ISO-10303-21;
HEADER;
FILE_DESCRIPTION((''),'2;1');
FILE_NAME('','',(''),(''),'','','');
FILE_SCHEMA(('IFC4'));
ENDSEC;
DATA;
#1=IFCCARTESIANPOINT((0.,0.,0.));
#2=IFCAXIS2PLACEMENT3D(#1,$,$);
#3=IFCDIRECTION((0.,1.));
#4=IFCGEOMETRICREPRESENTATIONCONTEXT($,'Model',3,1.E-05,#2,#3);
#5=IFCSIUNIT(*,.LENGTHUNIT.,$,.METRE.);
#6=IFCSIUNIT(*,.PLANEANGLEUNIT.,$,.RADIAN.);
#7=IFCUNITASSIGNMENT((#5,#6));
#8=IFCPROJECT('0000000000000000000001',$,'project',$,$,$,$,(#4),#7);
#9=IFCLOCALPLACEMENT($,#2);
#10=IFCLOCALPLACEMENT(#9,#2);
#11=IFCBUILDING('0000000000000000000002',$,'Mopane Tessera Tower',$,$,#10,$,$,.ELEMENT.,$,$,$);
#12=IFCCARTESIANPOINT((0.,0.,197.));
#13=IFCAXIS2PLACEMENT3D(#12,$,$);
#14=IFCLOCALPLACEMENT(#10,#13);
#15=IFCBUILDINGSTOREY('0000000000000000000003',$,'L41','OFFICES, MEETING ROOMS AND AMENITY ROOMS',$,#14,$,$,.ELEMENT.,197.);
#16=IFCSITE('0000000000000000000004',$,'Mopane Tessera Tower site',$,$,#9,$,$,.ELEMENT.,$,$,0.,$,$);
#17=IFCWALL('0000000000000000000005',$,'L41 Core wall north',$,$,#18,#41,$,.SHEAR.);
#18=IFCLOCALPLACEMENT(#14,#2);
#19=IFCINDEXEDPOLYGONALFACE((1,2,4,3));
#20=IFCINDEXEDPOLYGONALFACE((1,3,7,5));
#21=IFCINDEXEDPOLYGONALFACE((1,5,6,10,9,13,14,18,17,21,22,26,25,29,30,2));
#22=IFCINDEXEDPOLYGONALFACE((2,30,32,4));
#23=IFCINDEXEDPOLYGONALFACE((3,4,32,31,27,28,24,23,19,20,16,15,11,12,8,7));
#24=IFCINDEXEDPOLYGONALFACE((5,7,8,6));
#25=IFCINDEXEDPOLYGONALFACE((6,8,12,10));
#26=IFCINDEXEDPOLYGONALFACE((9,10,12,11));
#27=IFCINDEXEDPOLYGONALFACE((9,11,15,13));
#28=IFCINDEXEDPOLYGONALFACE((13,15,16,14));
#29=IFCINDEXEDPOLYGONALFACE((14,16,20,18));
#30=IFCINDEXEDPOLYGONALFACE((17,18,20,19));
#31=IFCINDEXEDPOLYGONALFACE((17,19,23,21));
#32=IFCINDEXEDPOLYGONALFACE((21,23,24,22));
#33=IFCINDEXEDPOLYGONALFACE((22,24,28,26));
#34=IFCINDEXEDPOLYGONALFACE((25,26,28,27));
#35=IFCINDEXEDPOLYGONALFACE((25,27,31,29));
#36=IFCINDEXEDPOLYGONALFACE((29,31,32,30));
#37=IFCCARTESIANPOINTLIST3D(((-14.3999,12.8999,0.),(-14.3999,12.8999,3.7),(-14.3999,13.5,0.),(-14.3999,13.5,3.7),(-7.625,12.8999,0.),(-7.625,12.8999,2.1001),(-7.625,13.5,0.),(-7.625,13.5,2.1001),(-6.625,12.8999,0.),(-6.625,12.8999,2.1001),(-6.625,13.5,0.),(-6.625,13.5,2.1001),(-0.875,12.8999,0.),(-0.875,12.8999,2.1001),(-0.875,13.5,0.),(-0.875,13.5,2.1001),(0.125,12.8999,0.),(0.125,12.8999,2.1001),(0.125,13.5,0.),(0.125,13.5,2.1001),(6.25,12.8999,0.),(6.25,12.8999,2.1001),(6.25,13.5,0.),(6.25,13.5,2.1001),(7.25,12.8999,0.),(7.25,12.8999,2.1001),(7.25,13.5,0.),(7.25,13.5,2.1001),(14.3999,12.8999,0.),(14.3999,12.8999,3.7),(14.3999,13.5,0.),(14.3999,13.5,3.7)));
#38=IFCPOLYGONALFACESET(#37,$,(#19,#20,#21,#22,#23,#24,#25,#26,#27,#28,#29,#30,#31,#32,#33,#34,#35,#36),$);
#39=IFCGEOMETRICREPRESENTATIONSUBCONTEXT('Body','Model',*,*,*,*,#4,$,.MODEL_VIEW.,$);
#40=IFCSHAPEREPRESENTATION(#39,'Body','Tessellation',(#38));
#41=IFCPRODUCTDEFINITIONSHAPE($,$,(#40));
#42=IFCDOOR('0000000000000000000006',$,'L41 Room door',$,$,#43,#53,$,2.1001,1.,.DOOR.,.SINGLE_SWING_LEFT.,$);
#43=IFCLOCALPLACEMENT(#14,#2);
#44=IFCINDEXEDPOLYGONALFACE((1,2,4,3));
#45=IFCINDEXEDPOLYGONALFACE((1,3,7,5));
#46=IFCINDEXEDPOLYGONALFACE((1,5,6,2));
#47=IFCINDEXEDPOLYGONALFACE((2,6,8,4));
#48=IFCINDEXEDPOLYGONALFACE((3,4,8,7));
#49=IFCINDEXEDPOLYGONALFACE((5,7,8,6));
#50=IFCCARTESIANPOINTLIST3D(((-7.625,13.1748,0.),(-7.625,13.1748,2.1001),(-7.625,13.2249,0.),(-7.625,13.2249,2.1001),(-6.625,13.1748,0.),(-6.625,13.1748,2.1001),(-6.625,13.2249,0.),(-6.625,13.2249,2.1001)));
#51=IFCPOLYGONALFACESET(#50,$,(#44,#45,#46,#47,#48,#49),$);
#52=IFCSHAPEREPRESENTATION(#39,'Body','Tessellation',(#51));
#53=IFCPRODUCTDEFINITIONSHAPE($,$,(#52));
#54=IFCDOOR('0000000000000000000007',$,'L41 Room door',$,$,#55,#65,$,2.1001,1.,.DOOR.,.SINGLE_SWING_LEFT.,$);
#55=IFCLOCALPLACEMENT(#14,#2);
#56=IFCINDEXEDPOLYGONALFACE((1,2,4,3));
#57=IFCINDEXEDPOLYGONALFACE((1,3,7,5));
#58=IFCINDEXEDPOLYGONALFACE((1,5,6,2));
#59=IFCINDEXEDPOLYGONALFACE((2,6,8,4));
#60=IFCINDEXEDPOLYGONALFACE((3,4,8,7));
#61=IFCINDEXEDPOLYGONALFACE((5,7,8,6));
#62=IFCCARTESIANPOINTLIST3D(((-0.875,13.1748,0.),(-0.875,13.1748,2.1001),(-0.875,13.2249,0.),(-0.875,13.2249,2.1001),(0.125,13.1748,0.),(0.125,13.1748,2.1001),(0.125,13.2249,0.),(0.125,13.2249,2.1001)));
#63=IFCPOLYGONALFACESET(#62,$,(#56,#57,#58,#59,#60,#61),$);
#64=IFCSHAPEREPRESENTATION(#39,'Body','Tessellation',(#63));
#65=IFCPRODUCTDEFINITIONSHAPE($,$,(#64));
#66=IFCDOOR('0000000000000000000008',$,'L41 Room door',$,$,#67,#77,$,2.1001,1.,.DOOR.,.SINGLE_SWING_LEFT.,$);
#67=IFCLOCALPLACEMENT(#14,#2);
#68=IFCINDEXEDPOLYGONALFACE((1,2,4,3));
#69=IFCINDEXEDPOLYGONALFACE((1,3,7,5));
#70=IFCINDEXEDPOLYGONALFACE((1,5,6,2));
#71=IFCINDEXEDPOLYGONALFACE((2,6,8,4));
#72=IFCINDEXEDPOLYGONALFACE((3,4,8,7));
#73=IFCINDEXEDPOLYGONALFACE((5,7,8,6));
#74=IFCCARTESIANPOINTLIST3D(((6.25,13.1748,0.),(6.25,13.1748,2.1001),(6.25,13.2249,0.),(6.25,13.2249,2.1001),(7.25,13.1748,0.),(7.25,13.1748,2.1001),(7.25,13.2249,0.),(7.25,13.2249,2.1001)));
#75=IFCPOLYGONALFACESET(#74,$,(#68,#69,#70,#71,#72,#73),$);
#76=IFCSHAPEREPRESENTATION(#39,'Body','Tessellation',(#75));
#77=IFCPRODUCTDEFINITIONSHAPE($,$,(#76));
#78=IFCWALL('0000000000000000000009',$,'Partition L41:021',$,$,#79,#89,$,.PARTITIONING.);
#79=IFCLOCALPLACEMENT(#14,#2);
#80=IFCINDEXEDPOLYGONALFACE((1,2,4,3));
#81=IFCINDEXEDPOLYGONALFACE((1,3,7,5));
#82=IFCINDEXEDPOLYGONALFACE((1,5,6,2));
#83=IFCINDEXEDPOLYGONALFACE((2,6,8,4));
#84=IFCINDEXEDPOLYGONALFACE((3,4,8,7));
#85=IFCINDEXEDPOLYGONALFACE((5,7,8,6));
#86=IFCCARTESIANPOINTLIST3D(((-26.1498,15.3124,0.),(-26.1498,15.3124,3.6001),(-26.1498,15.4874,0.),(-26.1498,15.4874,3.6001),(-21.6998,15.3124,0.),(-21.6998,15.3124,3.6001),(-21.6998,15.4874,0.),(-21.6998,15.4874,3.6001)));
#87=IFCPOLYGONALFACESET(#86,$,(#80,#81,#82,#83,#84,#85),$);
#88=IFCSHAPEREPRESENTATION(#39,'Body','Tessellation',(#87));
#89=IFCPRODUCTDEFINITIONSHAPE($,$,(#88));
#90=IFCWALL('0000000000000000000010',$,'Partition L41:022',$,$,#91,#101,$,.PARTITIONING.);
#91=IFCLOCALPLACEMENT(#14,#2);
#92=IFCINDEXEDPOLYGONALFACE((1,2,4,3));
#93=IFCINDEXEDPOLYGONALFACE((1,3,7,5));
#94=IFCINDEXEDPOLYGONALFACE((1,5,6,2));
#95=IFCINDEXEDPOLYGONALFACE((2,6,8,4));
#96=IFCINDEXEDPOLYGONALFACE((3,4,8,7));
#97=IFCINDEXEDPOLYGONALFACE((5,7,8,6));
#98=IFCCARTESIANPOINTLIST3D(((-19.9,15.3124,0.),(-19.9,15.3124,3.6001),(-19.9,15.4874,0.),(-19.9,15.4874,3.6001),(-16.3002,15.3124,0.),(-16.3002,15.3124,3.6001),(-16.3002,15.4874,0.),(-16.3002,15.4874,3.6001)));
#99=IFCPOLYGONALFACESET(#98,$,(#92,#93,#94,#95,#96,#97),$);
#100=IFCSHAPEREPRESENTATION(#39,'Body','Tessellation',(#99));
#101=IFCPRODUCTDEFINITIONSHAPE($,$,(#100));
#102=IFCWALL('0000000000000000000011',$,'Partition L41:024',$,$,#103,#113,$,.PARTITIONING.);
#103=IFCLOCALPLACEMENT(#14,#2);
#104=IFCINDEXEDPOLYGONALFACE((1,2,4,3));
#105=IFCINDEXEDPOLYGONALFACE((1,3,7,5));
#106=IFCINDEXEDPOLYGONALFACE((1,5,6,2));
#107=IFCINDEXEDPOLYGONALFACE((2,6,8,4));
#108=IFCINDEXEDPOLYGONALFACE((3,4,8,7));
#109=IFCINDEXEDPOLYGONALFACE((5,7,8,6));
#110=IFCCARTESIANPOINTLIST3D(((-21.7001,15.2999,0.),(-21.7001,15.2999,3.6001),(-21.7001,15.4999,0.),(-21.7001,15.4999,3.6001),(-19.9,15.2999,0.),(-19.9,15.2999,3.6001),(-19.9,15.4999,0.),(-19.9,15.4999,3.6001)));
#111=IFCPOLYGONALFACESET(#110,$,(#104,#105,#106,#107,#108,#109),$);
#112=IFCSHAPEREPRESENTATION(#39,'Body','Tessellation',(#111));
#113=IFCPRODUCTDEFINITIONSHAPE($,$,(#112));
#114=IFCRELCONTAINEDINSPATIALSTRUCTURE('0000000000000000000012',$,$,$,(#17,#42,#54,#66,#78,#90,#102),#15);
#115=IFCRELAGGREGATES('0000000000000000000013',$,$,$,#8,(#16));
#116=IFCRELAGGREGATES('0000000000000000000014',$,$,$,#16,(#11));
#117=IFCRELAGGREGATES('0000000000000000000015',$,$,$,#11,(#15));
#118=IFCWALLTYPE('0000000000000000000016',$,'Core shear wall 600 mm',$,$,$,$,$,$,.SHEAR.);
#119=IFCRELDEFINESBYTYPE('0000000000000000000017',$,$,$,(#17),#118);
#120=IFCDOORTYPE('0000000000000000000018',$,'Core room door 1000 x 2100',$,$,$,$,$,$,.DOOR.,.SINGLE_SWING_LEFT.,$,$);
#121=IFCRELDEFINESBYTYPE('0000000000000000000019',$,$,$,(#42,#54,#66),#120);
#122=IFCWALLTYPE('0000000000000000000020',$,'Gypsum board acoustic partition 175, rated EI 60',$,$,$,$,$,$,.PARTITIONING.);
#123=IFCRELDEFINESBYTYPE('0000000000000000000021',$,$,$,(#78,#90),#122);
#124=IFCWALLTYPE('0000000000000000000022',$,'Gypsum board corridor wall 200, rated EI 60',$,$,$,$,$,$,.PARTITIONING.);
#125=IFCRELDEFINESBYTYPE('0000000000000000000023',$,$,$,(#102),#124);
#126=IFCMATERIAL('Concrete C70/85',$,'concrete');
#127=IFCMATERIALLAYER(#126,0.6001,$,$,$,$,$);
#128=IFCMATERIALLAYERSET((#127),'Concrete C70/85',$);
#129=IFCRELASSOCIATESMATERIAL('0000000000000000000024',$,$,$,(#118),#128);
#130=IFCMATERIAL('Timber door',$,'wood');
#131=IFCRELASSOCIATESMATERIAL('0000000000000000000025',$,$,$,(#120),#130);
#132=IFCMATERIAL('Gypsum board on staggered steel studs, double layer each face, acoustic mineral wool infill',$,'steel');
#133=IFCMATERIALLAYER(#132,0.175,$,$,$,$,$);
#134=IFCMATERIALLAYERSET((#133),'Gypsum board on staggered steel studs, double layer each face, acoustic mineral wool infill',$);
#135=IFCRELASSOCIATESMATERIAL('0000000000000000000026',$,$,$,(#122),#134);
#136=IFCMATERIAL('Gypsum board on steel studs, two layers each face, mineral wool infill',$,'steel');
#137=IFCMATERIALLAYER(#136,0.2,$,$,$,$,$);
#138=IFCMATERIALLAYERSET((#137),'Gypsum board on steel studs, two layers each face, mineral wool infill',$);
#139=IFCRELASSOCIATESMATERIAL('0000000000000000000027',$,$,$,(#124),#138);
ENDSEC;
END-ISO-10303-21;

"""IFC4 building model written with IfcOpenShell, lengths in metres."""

from ifc_helpers import new_model, si_unit, direction, frame, frame_2d, origin, place, context, subcontext, project, spatial, rectangle, extrude, material, layer, layer_set, type_object, element, fill, save


model = new_model("IFC4")

# Units and contexts
model_context = context("Model", 3, precision=1e-05, world=origin(), true_north=direction((0.0, 1.0)))
body_context = subcontext(model_context, "Body", "Model", "MODEL_VIEW")
ifc_project = project(units=[si_unit("LENGTHUNIT", "METRE"), si_unit("PLANEANGLEUNIT", "RADIAN")], contexts=[model_context])

# Site, building, storey
site_placement = place(None, origin())
site = spatial("IfcSite", under=ifc_project, at=site_placement, Name="Mopane Tessera Tower site", CompositionType="ELEMENT", RefElevation=0.0)
building_placement = place(site_placement, origin())
building = spatial("IfcBuilding", under=site, at=building_placement, Name="Mopane Tessera Tower", CompositionType="ELEMENT")
storey_placement = place(building_placement, frame((0.0, 0.0, 197.0)))
storey = spatial("IfcBuildingStorey", under=building, at=storey_placement, Name="L41", Description="OFFICES, MEETING ROOMS AND AMENITY ROOMS", CompositionType="ELEMENT", Elevation=197.0)

# Wall, openings, doors
ifc_material_1 = material(Name="Concrete C70/85", Category="concrete")
ifc_layer_1 = layer(ifc_material_1, 0.6001)
ifc_layer_set_1 = layer_set([ifc_layer_1], Name="Concrete C70/85")
wall_type_1 = type_object("IfcWallType", Name="Core shear wall 600 mm", PredefinedType="SHEAR", material=ifc_layer_set_1)
wall_1_placement = place(storey_placement, frame((-14.3999, 13.2, 0.0), z_axis=(0.0, 0.0, 1.0), x_axis=(1.0, 0.0, 0.0)))
wall_1 = element("IfcWall", 1, at=wall_1_placement, inside=storey, type_object=wall_type_1, Name="L41 Core wall north", PredefinedType="SHEAR", context=body_context, shape_type="SweptSolid", body=[
    extrude(rectangle(XDim=28.7998, YDim=0.6001, at=frame_2d((14.3999, 0.0))), origin(), (0.0, 0.0, 1.0), 3.7),
])
opening_1_placement = place(wall_1_placement, frame((6.7749, 0.0, 0.0)))
opening_1 = element("IfcOpeningElement", 2, at=opening_1_placement, cuts=wall_1, PredefinedType="OPENING", context=body_context, shape_type="SweptSolid", body=[
    extrude(rectangle(XDim=1.0, YDim=2.1001, at=frame_2d((0.5, 1.05))), frame((0.0, 0.312, 0.0), z_axis=(0.0, -1.0, 0.0), x_axis=(1.0, 0.0, 0.0)), (0.0, 0.0, 1.0), 0.624),
])
opening_2_placement = place(wall_1_placement, frame((13.5249, 0.0, 0.0)))
opening_2 = element("IfcOpeningElement", 3, at=opening_2_placement, cuts=wall_1, PredefinedType="OPENING", context=body_context, shape_type="SweptSolid", body=[
    extrude(rectangle(XDim=1.0, YDim=2.1001, at=frame_2d((0.5, 1.05))), frame((0.0, 0.312, 0.0), z_axis=(0.0, -1.0, 0.0), x_axis=(1.0, 0.0, 0.0)), (0.0, 0.0, 1.0), 0.624),
])
opening_3_placement = place(wall_1_placement, frame((20.6499, 0.0, 0.0)))
opening_3 = element("IfcOpeningElement", 4, at=opening_3_placement, cuts=wall_1, PredefinedType="OPENING", context=body_context, shape_type="SweptSolid", body=[
    extrude(rectangle(XDim=1.0, YDim=2.1001, at=frame_2d((0.5, 1.05))), frame((0.0, 0.312, 0.0), z_axis=(0.0, -1.0, 0.0), x_axis=(1.0, 0.0, 0.0)), (0.0, 0.0, 1.0), 0.624),
])
ifc_material_2 = material(Name="Timber door", Category="wood")
door_type_1 = type_object("IfcDoorType", Name="Core room door 1000 x 2100", OperationType="SINGLE_SWING_LEFT", PredefinedType="DOOR", material=ifc_material_2)
door_1_placement = place(opening_1_placement, origin())
door_1 = element("IfcDoor", 5, at=door_1_placement, inside=storey, type_object=door_type_1, Name="L41 Room door", OperationType="SINGLE_SWING_LEFT", OverallHeight=2.1001, OverallWidth=1.0, PredefinedType="DOOR", context=body_context, shape_type="SweptSolid", body=[
    extrude(rectangle(XDim=1.0, YDim=2.1001, at=frame_2d((0.5, 1.05))), frame((0.0, 0.0249, 0.0), z_axis=(0.0, -1.0, 0.0), x_axis=(1.0, 0.0, 0.0)), (0.0, 0.0, 1.0), 0.05),
])
fill(opening_1, door_1)
door_2_placement = place(opening_2_placement, origin())
door_2 = element("IfcDoor", 6, at=door_2_placement, inside=storey, type_object=door_type_1, Name="L41 Room door", OperationType="SINGLE_SWING_LEFT", OverallHeight=2.1001, OverallWidth=1.0, PredefinedType="DOOR", context=body_context, shape_type="SweptSolid", body=[
    extrude(rectangle(XDim=1.0, YDim=2.1001, at=frame_2d((0.5, 1.05))), frame((0.0, 0.0249, 0.0), z_axis=(0.0, -1.0, 0.0), x_axis=(1.0, 0.0, 0.0)), (0.0, 0.0, 1.0), 0.05),
])
fill(opening_2, door_2)
door_3_placement = place(opening_3_placement, origin())
door_3 = element("IfcDoor", 7, at=door_3_placement, inside=storey, type_object=door_type_1, Name="L41 Room door", OperationType="SINGLE_SWING_LEFT", OverallHeight=2.1001, OverallWidth=1.0, PredefinedType="DOOR", context=body_context, shape_type="SweptSolid", body=[
    extrude(rectangle(XDim=1.0, YDim=2.1001, at=frame_2d((0.5, 1.05))), frame((0.0, 0.0249, 0.0), z_axis=(0.0, -1.0, 0.0), x_axis=(1.0, 0.0, 0.0)), (0.0, 0.0, 1.0), 0.05),
])
fill(opening_3, door_3)

# Walls
ifc_material_3 = material(Name="Gypsum board on staggered steel studs, double layer each face, acoustic mineral wool infill", Category="steel")
ifc_layer_2 = layer(ifc_material_3, 0.175)
ifc_layer_set_2 = layer_set([ifc_layer_2], Name="Gypsum board on staggered steel studs, double layer each face, acoustic mineral wool infill")
wall_type_2 = type_object("IfcWallType", Name="Gypsum board acoustic partition 175, rated EI 60", PredefinedType="PARTITIONING", material=ifc_layer_set_2)
wall_2_placement = place(storey_placement, frame((-26.1499, 15.3999, 0.0), z_axis=(0.0, 0.0, 1.0), x_axis=(1.0, 0.0, 0.0)))
element("IfcWall", 8, at=wall_2_placement, inside=storey, type_object=wall_type_2, Name="Partition L41:021", PredefinedType="PARTITIONING", context=body_context, shape_type="SweptSolid", body=[
    extrude(rectangle(XDim=4.45, YDim=0.175, at=frame_2d((2.2251, 0.0))), origin(), (0.0, 0.0, 1.0), 3.6001),
])
wall_3_placement = place(storey_placement, frame((-19.8999, 15.3999, 0.0), z_axis=(0.0, 0.0, 1.0), x_axis=(1.0, 0.0, 0.0)))
element("IfcWall", 9, at=wall_3_placement, inside=storey, type_object=wall_type_2, Name="Partition L41:022", PredefinedType="PARTITIONING", context=body_context, shape_type="SweptSolid", body=[
    extrude(rectangle(XDim=3.5999, YDim=0.175, at=frame_2d((1.7998, 0.0))), origin(), (0.0, 0.0, 1.0), 3.6001),
])
ifc_material_4 = material(Name="Gypsum board on steel studs, two layers each face, mineral wool infill", Category="steel")
ifc_layer_3 = layer(ifc_material_4, 0.2)
ifc_layer_set_3 = layer_set([ifc_layer_3], Name="Gypsum board on steel studs, two layers each face, mineral wool infill")
wall_type_3 = type_object("IfcWallType", Name="Gypsum board corridor wall 200, rated EI 60", PredefinedType="PARTITIONING", material=ifc_layer_set_3)
wall_4_placement = place(storey_placement, frame((-21.7, 15.3999, 0.0), z_axis=(0.0, 0.0, 1.0), x_axis=(1.0, 0.0, 0.0)))
element("IfcWall", 10, at=wall_4_placement, inside=storey, type_object=wall_type_3, Name="Partition L41:024", PredefinedType="PARTITIONING", context=body_context, shape_type="SweptSolid", body=[
    extrude(rectangle(XDim=1.8, YDim=0.2, at=frame_2d((0.8999, 0.0))), origin(), (0.0, 0.0, 1.0), 3.6001),
])

save(model, "model.ifc")
